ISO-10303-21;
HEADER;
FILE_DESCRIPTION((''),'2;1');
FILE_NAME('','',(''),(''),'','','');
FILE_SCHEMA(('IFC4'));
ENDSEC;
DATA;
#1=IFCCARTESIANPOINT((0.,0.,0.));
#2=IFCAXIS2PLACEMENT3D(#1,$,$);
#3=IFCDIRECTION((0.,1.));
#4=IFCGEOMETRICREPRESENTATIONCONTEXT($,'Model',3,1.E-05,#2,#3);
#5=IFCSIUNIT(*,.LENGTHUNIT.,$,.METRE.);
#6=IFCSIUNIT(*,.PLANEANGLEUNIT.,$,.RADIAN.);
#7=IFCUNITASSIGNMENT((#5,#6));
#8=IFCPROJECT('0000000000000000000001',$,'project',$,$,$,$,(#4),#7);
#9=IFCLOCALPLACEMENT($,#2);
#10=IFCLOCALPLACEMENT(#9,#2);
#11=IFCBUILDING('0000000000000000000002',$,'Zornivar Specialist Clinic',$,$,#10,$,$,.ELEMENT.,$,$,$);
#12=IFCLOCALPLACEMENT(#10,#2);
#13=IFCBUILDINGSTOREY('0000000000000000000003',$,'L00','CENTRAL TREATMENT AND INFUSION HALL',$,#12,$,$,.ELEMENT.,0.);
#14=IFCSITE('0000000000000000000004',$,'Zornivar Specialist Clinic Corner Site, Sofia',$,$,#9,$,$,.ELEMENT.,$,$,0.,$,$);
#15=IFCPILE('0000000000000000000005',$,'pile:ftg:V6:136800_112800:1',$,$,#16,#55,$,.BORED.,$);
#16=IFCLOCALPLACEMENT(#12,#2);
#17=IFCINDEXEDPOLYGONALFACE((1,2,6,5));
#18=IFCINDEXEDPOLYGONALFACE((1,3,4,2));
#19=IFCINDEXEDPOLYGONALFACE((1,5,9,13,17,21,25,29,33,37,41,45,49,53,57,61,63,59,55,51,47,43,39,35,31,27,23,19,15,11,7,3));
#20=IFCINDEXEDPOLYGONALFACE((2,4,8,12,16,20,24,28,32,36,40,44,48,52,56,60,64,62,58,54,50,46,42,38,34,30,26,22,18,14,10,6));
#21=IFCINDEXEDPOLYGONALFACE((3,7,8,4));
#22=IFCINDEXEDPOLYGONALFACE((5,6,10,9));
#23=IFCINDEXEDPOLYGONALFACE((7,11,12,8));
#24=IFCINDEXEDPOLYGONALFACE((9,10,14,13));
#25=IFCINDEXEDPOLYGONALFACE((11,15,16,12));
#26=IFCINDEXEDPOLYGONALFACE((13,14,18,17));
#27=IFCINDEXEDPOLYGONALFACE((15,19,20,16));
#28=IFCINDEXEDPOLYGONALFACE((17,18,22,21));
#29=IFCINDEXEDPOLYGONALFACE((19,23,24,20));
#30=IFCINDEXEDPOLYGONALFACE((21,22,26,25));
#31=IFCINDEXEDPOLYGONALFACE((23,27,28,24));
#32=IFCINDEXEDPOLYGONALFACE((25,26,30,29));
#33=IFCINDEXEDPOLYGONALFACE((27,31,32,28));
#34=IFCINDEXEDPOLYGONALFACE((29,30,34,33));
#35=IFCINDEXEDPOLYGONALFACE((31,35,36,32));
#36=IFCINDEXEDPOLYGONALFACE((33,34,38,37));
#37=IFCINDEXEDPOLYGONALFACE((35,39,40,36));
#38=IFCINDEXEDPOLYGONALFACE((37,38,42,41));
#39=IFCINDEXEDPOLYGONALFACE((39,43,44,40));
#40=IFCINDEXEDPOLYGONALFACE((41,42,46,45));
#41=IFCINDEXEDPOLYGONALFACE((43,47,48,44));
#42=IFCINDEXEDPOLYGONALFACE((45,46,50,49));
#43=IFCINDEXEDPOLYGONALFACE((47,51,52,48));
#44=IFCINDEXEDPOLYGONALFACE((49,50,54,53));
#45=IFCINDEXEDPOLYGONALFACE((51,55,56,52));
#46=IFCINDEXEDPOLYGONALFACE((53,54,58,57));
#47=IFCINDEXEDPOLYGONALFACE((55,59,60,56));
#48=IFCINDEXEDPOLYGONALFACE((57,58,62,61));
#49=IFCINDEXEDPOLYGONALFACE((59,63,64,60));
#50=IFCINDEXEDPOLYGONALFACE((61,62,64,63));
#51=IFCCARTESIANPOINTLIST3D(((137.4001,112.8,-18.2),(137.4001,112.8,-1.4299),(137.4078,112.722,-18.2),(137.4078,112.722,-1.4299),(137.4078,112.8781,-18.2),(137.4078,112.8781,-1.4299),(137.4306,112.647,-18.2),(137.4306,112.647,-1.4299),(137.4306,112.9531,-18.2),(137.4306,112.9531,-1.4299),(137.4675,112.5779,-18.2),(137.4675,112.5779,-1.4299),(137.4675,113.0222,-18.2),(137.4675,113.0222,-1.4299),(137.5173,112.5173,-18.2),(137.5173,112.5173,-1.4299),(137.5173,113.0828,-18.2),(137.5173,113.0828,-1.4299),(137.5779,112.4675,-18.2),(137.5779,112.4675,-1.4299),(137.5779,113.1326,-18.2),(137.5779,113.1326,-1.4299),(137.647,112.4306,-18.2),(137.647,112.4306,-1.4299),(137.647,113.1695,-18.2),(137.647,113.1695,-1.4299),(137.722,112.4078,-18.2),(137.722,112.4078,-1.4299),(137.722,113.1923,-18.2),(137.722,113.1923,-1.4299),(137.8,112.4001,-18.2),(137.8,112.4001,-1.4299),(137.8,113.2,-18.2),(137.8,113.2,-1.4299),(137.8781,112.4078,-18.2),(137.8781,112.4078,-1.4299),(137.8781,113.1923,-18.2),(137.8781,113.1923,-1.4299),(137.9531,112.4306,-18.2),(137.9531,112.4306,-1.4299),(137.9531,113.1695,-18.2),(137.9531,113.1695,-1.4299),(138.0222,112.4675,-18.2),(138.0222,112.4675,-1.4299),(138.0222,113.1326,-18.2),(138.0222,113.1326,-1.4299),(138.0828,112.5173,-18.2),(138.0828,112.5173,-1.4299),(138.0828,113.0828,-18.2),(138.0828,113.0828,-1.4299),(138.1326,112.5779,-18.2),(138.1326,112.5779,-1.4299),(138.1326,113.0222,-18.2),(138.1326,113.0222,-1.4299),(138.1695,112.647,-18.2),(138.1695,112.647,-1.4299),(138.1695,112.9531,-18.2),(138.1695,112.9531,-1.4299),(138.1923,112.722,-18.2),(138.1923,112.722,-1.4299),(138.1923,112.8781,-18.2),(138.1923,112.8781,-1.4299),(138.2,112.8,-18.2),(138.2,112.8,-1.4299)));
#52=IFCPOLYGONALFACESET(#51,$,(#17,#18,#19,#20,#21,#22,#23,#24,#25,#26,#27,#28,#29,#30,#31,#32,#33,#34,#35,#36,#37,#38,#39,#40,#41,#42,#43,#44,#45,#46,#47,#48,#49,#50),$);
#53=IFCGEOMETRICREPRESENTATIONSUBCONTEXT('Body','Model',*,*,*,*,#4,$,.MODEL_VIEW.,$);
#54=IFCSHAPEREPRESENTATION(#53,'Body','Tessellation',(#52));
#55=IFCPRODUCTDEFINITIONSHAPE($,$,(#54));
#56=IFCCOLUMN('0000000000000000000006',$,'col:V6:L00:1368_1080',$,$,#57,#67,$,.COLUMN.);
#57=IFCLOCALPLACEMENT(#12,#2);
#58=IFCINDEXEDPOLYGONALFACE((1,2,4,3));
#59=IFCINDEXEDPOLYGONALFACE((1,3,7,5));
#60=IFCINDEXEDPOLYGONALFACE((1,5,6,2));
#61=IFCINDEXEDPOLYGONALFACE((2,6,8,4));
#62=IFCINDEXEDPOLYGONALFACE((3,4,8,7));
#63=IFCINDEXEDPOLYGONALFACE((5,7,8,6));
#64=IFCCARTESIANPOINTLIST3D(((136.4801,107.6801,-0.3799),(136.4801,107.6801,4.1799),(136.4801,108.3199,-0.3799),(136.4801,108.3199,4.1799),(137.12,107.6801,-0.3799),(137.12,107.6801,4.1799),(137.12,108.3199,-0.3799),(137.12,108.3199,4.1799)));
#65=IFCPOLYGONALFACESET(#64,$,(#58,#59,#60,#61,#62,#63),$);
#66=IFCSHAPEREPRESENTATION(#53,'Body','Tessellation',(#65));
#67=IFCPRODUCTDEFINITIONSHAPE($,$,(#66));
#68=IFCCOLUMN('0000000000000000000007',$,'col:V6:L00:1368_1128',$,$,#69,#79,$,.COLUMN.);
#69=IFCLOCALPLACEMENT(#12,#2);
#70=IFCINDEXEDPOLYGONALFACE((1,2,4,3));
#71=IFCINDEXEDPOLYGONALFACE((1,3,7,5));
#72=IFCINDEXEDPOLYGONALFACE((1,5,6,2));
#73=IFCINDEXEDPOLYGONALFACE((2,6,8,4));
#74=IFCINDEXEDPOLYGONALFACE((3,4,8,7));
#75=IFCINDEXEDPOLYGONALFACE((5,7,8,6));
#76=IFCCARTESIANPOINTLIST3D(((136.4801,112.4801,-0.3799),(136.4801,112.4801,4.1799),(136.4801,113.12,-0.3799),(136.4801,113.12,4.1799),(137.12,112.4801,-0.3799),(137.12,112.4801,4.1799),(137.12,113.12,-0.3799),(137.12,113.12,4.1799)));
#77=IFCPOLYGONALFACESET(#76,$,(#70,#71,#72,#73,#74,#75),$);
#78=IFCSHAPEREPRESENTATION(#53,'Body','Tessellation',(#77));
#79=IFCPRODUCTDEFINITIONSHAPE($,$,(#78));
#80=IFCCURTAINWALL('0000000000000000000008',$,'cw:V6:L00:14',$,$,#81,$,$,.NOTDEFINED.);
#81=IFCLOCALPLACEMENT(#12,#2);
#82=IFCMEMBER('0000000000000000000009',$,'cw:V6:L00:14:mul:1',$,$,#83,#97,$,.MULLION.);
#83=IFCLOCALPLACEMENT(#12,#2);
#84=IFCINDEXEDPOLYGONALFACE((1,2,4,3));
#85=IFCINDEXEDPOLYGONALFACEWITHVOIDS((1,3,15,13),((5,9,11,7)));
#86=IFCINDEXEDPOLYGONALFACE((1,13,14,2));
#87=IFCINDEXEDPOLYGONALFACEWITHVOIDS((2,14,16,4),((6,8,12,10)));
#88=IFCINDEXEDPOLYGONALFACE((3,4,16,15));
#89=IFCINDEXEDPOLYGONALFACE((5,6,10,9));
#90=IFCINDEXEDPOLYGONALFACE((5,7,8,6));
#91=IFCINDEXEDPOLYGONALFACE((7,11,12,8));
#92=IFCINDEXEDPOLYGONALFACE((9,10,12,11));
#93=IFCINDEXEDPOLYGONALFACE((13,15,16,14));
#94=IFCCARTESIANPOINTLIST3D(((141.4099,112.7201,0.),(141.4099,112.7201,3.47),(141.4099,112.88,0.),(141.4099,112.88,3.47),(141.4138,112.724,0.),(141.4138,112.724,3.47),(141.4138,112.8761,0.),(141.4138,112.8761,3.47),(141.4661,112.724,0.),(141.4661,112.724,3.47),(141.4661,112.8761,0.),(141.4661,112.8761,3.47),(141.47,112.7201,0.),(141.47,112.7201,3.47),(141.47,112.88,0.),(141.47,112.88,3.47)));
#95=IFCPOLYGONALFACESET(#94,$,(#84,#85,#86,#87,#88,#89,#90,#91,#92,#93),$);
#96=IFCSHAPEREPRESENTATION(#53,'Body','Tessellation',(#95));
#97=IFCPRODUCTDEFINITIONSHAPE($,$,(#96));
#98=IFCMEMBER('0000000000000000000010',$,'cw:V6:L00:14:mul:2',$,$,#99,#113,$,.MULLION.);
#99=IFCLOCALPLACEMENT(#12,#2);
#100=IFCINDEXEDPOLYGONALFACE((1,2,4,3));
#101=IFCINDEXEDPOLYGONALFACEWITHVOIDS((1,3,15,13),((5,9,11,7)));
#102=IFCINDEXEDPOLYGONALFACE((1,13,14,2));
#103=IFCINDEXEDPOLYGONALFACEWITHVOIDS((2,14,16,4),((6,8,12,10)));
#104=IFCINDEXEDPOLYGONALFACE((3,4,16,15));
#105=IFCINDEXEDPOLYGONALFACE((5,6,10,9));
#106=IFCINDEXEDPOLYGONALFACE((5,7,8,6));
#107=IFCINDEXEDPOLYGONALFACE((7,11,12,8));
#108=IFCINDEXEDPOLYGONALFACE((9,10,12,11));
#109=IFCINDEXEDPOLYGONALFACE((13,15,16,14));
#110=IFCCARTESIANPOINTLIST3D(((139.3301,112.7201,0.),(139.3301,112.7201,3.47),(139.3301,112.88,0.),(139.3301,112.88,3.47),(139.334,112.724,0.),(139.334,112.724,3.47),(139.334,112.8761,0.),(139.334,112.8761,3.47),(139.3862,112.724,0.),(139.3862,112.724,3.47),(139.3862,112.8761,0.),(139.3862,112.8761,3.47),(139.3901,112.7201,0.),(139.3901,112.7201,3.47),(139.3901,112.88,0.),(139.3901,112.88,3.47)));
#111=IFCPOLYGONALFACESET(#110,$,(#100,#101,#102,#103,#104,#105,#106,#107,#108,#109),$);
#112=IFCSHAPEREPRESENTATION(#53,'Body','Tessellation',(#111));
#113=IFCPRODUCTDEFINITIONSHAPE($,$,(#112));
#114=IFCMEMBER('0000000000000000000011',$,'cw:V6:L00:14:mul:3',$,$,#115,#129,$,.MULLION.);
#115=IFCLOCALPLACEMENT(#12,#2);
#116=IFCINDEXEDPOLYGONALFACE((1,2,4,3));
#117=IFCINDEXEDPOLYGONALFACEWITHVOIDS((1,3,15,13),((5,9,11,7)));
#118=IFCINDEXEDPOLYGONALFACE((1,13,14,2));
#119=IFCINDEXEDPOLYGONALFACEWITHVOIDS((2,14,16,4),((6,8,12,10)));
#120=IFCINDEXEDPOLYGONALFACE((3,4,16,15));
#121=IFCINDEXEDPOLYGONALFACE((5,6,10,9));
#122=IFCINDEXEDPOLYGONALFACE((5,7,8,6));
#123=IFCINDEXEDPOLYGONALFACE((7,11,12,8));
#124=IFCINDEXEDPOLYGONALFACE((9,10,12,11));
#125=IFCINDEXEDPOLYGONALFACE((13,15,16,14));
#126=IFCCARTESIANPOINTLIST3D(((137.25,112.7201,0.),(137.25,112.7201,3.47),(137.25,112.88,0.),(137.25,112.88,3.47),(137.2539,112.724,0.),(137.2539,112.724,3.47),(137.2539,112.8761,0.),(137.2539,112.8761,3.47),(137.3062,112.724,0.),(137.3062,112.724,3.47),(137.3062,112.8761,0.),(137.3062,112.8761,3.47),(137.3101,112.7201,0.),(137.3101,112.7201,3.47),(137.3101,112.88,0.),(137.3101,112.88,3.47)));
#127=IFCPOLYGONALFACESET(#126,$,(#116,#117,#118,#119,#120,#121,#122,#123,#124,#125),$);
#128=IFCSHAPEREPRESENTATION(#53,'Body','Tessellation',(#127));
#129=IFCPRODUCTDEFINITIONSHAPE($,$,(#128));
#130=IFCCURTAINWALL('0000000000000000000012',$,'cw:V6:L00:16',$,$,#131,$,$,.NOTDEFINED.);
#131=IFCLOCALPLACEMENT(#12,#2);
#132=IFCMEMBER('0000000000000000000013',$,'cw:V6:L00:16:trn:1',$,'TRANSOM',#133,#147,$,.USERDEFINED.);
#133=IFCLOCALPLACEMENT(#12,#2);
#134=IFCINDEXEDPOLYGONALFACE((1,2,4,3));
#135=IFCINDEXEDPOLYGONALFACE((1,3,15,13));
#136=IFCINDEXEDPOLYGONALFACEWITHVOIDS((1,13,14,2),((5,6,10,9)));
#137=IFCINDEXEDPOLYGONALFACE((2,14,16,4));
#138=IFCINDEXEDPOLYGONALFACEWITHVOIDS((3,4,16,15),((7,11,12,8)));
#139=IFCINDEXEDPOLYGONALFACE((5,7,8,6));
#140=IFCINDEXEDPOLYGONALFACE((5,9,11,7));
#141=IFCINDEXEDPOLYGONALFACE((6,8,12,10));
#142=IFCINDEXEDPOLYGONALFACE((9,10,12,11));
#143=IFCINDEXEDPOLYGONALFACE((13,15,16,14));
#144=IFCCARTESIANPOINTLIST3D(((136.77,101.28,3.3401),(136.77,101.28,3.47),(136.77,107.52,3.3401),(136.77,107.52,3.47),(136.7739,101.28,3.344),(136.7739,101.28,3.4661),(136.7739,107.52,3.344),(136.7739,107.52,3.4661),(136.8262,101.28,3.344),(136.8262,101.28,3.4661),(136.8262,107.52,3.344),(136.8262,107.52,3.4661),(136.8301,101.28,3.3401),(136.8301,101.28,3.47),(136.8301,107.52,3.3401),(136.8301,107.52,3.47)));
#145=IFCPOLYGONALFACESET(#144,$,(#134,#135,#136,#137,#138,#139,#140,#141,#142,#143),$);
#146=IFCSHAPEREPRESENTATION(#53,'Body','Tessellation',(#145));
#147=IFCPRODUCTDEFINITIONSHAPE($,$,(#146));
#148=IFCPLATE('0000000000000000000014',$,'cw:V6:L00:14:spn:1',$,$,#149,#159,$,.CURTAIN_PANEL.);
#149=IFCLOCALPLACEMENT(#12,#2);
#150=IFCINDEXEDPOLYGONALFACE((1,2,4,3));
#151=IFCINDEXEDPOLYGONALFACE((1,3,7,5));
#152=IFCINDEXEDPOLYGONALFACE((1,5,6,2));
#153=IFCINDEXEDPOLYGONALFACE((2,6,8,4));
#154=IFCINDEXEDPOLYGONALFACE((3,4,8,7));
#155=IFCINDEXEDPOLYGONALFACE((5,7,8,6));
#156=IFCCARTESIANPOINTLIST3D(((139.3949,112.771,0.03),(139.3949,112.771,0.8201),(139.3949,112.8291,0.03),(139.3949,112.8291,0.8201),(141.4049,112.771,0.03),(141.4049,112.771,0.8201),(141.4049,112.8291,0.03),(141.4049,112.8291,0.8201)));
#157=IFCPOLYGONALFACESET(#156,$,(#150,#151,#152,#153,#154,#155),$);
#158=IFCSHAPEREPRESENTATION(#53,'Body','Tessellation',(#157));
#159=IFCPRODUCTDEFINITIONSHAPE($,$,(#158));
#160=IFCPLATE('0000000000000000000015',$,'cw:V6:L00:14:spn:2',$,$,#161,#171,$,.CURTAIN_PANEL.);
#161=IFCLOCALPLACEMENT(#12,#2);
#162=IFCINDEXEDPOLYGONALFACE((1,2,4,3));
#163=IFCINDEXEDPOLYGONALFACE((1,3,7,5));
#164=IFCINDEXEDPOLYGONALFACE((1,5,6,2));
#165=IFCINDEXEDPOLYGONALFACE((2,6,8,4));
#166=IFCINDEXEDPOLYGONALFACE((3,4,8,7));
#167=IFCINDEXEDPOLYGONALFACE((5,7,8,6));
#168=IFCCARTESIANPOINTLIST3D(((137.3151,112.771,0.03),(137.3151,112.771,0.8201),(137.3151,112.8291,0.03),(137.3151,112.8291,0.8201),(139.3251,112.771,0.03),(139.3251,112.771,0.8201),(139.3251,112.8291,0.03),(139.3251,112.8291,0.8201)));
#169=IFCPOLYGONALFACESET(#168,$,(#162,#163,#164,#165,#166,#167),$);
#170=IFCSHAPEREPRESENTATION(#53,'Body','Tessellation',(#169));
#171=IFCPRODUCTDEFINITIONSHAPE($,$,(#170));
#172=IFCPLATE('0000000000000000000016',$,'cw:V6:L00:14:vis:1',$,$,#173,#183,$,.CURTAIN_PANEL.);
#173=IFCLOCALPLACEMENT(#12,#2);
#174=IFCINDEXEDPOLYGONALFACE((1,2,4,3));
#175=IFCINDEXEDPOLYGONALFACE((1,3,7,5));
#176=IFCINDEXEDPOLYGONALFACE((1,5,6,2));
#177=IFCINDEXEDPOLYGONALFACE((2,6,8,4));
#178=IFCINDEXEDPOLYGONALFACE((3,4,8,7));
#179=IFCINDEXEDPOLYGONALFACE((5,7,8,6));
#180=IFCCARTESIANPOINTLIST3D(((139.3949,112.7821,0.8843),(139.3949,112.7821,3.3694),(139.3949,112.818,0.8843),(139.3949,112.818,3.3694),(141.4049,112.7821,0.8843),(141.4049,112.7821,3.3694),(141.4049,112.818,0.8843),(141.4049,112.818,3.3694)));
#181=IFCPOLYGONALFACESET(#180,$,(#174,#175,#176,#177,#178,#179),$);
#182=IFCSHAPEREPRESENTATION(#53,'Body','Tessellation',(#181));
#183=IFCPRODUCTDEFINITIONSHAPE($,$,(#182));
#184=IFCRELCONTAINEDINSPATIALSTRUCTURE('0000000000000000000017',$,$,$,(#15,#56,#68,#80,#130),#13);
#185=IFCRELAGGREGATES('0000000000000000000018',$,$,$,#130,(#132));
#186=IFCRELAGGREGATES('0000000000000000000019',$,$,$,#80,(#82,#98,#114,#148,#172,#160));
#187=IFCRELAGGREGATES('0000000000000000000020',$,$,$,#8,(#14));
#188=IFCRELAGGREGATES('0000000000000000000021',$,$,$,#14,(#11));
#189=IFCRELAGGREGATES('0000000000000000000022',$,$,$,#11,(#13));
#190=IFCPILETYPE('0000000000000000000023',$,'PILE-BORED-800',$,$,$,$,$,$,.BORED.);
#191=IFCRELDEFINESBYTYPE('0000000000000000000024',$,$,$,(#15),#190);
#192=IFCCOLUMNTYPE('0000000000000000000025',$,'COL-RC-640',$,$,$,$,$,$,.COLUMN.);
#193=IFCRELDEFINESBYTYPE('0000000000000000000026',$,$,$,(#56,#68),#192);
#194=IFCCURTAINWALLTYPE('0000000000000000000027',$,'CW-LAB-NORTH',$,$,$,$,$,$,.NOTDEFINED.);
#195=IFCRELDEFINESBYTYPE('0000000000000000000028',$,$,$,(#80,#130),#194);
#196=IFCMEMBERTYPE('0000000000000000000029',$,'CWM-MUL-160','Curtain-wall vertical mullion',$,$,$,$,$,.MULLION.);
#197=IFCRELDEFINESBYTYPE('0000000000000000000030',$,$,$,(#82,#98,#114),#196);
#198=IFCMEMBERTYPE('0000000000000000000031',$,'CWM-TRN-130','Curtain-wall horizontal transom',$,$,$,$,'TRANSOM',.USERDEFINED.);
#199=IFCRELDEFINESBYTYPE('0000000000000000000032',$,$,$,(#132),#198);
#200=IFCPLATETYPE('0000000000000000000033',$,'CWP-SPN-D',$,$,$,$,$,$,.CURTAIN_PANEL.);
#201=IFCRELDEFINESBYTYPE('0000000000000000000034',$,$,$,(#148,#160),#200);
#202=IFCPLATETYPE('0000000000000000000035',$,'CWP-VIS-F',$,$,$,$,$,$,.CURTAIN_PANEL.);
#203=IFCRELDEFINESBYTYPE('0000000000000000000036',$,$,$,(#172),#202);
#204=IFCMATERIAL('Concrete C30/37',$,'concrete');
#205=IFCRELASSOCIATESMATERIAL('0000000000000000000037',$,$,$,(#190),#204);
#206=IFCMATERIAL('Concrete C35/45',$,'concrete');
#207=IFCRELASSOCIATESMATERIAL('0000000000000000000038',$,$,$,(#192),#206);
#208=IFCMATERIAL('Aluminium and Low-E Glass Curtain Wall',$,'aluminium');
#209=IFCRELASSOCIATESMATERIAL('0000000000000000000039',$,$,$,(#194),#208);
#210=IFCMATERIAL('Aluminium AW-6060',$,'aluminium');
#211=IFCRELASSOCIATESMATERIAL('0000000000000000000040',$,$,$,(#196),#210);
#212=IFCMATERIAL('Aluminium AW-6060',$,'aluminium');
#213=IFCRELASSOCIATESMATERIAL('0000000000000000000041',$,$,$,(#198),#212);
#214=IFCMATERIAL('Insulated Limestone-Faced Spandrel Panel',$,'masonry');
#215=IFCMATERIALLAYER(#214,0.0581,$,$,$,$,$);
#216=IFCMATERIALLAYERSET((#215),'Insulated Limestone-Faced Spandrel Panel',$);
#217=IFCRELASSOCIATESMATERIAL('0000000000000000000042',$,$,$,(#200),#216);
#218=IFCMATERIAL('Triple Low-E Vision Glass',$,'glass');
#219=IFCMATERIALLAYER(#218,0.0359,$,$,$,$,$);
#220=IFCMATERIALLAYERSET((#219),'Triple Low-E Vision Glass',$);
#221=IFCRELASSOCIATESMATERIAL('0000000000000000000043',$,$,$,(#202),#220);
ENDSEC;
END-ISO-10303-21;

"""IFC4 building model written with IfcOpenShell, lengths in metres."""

from ifc_helpers import new_model, si_unit, direction, frame, origin, origin_2d, place, context, subcontext, project, spatial, rectangle, hollow_rectangle, circle, extrude, material, layer, layer_set, material_profile, profile_set, type_object, element, aggregate, save


model = new_model("IFC4")

# Units and contexts
model_context = context("Model", 3, precision=1e-05, world=origin(), true_north=direction((0.0, 1.0)))
body_context = subcontext(model_context, "Body", "Model", "MODEL_VIEW")
ifc_project = project(units=[si_unit("LENGTHUNIT", "METRE"), si_unit("PLANEANGLEUNIT", "RADIAN")], contexts=[model_context])

# Site, building, storey
site_placement = place(None, origin())
site = spatial("IfcSite", under=ifc_project, at=site_placement, Name="Zornivar Specialist Clinic Corner Site, Sofia", CompositionType="ELEMENT", RefElevation=0.0)
building_placement = place(site_placement, origin())
building = spatial("IfcBuilding", under=site, at=building_placement, Name="Zornivar Specialist Clinic", CompositionType="ELEMENT")
storey_placement = place(building_placement, origin())
storey = spatial("IfcBuildingStorey", under=building, at=storey_placement, Name="L00", Description="CENTRAL TREATMENT AND INFUSION HALL", CompositionType="ELEMENT", Elevation=0.0)

# Pile
ifc_material_1 = material(Name="Concrete C30/37", Category="concrete")
ifc_material_profile_1 = material_profile(ifc_material_1, circle(Radius=0.3999, at=origin_2d()), Name="PILE D800")
ifc_profile_set_1 = profile_set([ifc_material_profile_1], Name="Concrete C30/37")
pile_type = type_object("IfcPileType", Name="PILE-BORED-800", PredefinedType="BORED", material=ifc_profile_set_1)
for number, where, z_axis, x_axis, name in (
    (1, (137.8, 112.8, -1.4299), (0.0, 0.0, -1.0), (1.0, 0.0, 0.0), "pile:ftg:V6:136800_112800:1"),
):
    element("IfcPile", number, at=place(storey_placement, frame(where, z_axis=z_axis, x_axis=x_axis)), inside=storey, type_object=pile_type, Name=name, PredefinedType="BORED", context=body_context, shape_type="SweptSolid", body=[
        extrude(circle(Radius=0.3999, at=origin_2d()), origin(), (0.0, 0.0, 1.0), 16.77),
    ])

# Columns
ifc_material_2 = material(Name="Concrete C35/45", Category="concrete")
ifc_material_profile_2 = material_profile(ifc_material_2, rectangle(XDim=0.6399, YDim=0.6399, at=origin_2d()), Name="RC 640x640")
ifc_profile_set_2 = profile_set([ifc_material_profile_2], Name="Concrete C35/45")
column_type = type_object("IfcColumnType", Name="COL-RC-640", PredefinedType="COLUMN", material=ifc_profile_set_2)
for number, where, z_axis, x_axis, name in (
    (2, (136.8, 108.0, -0.3799), (0.0, 0.0, 1.0), (1.0, 0.0, 0.0), "col:V6:L00:1368_1080"),
    (3, (136.8, 112.8, -0.3799), (0.0, 0.0, 1.0), (1.0, 0.0, 0.0), "col:V6:L00:1368_1128"),
):
    element("IfcColumn", number, at=place(storey_placement, frame(where, z_axis=z_axis, x_axis=x_axis)), inside=storey, type_object=column_type, Name=name, PredefinedType="COLUMN", context=body_context, shape_type="SweptSolid", body=[
        extrude(rectangle(XDim=0.6399, YDim=0.6399, at=origin_2d()), origin(), (0.0, 0.0, 1.0), 4.5598),
    ])

# Curtain wall, members
ifc_material_3 = material(Name="Aluminium and Low-E Glass Curtain Wall", Category="aluminium")
curtain_wall_type = type_object("IfcCurtainWallType", Name="CW-LAB-NORTH", PredefinedType="NOTDEFINED", material=ifc_material_3)
curtain_wall_1_placement = place(storey_placement, origin())
curtain_wall_1 = element("IfcCurtainWall", 4, at=curtain_wall_1_placement, inside=storey, type_object=curtain_wall_type, Name="cw:V6:L00:14", PredefinedType="NOTDEFINED")
ifc_material_4 = material(Name="Aluminium AW-6060", Category="aluminium")
ifc_material_profile_3 = material_profile(ifc_material_4, hollow_rectangle(XDim=0.0601, YDim=0.1599, WallThickness=0.0039, at=origin_2d()), Name="ALU 60x160x4")
ifc_profile_set_3 = profile_set([ifc_material_profile_3], Name="Aluminium AW-6060")
member_type_1 = type_object("IfcMemberType", Name="CWM-MUL-160", Description="Curtain-wall vertical mullion", PredefinedType="MULLION", material=ifc_profile_set_3)
member_1_placement = place(storey_placement, frame((141.4399, 112.8, 0.0), z_axis=(0.0, 0.0, 1.0), x_axis=(1.0, 0.0, 0.0)))
member_1 = element("IfcMember", 5, at=member_1_placement, type_object=member_type_1, Name="cw:V6:L00:14:mul:1", PredefinedType="MULLION", context=body_context, shape_type="SweptSolid", body=[
    extrude(hollow_rectangle(XDim=0.0601, YDim=0.1599, WallThickness=0.0039, at=origin_2d()), origin(), (0.0, 0.0, 1.0), 3.47),
])
member_2_placement = place(storey_placement, frame((139.3601, 112.8, 0.0), z_axis=(0.0, 0.0, 1.0), x_axis=(1.0, 0.0, 0.0)))
member_2 = element("IfcMember", 6, at=member_2_placement, type_object=member_type_1, Name="cw:V6:L00:14:mul:2", PredefinedType="MULLION", context=body_context, shape_type="SweptSolid", body=[
    extrude(hollow_rectangle(XDim=0.0601, YDim=0.1599, WallThickness=0.0039, at=origin_2d()), origin(), (0.0, 0.0, 1.0), 3.47),
])
member_3_placement = place(storey_placement, frame((137.28, 112.8, 0.0), z_axis=(0.0, 0.0, 1.0), x_axis=(1.0, 0.0, 0.0)))
member_3 = element("IfcMember", 7, at=member_3_placement, type_object=member_type_1, Name="cw:V6:L00:14:mul:3", PredefinedType="MULLION", context=body_context, shape_type="SweptSolid", body=[
    extrude(hollow_rectangle(XDim=0.0601, YDim=0.1599, WallThickness=0.0039, at=origin_2d()), origin(), (0.0, 0.0, 1.0), 3.47),
])

# Curtain wall, member
curtain_wall_2_placement = place(storey_placement, origin())
curtain_wall_2 = element("IfcCurtainWall", 8, at=curtain_wall_2_placement, inside=storey, type_object=curtain_wall_type, Name="cw:V6:L00:16", PredefinedType="NOTDEFINED")
ifc_material_5 = material(Name="Aluminium AW-6060", Category="aluminium")
ifc_material_profile_4 = material_profile(ifc_material_5, hollow_rectangle(XDim=0.0601, YDim=0.1299, WallThickness=0.0039, at=origin_2d()), Name="ALU 60x130x4")
ifc_profile_set_4 = profile_set([ifc_material_profile_4], Name="Aluminium AW-6060")
member_type_2 = type_object("IfcMemberType", Name="CWM-TRN-130", Description="Curtain-wall horizontal transom", ElementType="TRANSOM", PredefinedType="USERDEFINED", material=ifc_profile_set_4)
member_4_placement = place(storey_placement, frame((136.8, 107.52, 3.405), z_axis=(0.0, -1.0, 0.0), x_axis=(1.0, 0.0, 0.0)))
member_4 = element("IfcMember", 9, at=member_4_placement, type_object=member_type_2, Name="cw:V6:L00:16:trn:1", ObjectType="TRANSOM", PredefinedType="USERDEFINED", context=body_context, shape_type="SweptSolid", body=[
    extrude(hollow_rectangle(XDim=0.0601, YDim=0.1299, WallThickness=0.0039, at=origin_2d()), origin(), (0.0, 0.0, 1.0), 6.24),
])
aggregate(curtain_wall_2, [member_4])

# Plates
ifc_material_6 = material(Name="Insulated Limestone-Faced Spandrel Panel", Category="masonry")
ifc_layer_1 = layer(ifc_material_6, 0.0581)
ifc_layer_set_1 = layer_set([ifc_layer_1], Name="Insulated Limestone-Faced Spandrel Panel")
plate_type_1 = type_object("IfcPlateType", Name="CWP-SPN-D", PredefinedType="CURTAIN_PANEL", material=ifc_layer_set_1)
plate_1_placement = place(storey_placement, frame((140.3999, 112.8, 0.03), z_axis=(0.0, 0.0, 1.0), x_axis=(-1.0, 0.0, 0.0)))
plate_1 = element("IfcPlate", 10, at=plate_1_placement, type_object=plate_type_1, Name="cw:V6:L00:14:spn:1", PredefinedType="CURTAIN_PANEL", context=body_context, shape_type="SweptSolid", body=[
    extrude(rectangle(XDim=2.01, YDim=0.0581, at=origin_2d()), origin(), (0.0, 0.0, 1.0), 0.79),
])
plate_2_placement = place(storey_placement, frame((138.3201, 112.8, 0.03), z_axis=(0.0, 0.0, 1.0), x_axis=(-1.0, 0.0, 0.0)))
plate_2 = element("IfcPlate", 11, at=plate_2_placement, type_object=plate_type_1, Name="cw:V6:L00:14:spn:2", PredefinedType="CURTAIN_PANEL", context=body_context, shape_type="SweptSolid", body=[
    extrude(rectangle(XDim=2.01, YDim=0.0581, at=origin_2d()), origin(), (0.0, 0.0, 1.0), 0.79),
])
ifc_material_7 = material(Name="Triple Low-E Vision Glass", Category="glass")
ifc_layer_2 = layer(ifc_material_7, 0.0359)
ifc_layer_set_2 = layer_set([ifc_layer_2], Name="Triple Low-E Vision Glass")
plate_type_2 = type_object("IfcPlateType", Name="CWP-VIS-F", PredefinedType="CURTAIN_PANEL", material=ifc_layer_set_2)
plate_3_placement = place(storey_placement, frame((140.3999, 112.8, 0.8843), z_axis=(0.0, 0.0, 1.0), x_axis=(-1.0, 0.0, 0.0)))
plate_3 = element("IfcPlate", 12, at=plate_3_placement, type_object=plate_type_2, Name="cw:V6:L00:14:vis:1", PredefinedType="CURTAIN_PANEL", context=body_context, shape_type="SweptSolid", body=[
    extrude(rectangle(XDim=2.01, YDim=0.0359, at=origin_2d()), origin(), (0.0, 0.0, 1.0), 2.4851),
])
aggregate(curtain_wall_1, [member_1, member_2, member_3, plate_1, plate_3, plate_2])

save(model, "model.ifc")
